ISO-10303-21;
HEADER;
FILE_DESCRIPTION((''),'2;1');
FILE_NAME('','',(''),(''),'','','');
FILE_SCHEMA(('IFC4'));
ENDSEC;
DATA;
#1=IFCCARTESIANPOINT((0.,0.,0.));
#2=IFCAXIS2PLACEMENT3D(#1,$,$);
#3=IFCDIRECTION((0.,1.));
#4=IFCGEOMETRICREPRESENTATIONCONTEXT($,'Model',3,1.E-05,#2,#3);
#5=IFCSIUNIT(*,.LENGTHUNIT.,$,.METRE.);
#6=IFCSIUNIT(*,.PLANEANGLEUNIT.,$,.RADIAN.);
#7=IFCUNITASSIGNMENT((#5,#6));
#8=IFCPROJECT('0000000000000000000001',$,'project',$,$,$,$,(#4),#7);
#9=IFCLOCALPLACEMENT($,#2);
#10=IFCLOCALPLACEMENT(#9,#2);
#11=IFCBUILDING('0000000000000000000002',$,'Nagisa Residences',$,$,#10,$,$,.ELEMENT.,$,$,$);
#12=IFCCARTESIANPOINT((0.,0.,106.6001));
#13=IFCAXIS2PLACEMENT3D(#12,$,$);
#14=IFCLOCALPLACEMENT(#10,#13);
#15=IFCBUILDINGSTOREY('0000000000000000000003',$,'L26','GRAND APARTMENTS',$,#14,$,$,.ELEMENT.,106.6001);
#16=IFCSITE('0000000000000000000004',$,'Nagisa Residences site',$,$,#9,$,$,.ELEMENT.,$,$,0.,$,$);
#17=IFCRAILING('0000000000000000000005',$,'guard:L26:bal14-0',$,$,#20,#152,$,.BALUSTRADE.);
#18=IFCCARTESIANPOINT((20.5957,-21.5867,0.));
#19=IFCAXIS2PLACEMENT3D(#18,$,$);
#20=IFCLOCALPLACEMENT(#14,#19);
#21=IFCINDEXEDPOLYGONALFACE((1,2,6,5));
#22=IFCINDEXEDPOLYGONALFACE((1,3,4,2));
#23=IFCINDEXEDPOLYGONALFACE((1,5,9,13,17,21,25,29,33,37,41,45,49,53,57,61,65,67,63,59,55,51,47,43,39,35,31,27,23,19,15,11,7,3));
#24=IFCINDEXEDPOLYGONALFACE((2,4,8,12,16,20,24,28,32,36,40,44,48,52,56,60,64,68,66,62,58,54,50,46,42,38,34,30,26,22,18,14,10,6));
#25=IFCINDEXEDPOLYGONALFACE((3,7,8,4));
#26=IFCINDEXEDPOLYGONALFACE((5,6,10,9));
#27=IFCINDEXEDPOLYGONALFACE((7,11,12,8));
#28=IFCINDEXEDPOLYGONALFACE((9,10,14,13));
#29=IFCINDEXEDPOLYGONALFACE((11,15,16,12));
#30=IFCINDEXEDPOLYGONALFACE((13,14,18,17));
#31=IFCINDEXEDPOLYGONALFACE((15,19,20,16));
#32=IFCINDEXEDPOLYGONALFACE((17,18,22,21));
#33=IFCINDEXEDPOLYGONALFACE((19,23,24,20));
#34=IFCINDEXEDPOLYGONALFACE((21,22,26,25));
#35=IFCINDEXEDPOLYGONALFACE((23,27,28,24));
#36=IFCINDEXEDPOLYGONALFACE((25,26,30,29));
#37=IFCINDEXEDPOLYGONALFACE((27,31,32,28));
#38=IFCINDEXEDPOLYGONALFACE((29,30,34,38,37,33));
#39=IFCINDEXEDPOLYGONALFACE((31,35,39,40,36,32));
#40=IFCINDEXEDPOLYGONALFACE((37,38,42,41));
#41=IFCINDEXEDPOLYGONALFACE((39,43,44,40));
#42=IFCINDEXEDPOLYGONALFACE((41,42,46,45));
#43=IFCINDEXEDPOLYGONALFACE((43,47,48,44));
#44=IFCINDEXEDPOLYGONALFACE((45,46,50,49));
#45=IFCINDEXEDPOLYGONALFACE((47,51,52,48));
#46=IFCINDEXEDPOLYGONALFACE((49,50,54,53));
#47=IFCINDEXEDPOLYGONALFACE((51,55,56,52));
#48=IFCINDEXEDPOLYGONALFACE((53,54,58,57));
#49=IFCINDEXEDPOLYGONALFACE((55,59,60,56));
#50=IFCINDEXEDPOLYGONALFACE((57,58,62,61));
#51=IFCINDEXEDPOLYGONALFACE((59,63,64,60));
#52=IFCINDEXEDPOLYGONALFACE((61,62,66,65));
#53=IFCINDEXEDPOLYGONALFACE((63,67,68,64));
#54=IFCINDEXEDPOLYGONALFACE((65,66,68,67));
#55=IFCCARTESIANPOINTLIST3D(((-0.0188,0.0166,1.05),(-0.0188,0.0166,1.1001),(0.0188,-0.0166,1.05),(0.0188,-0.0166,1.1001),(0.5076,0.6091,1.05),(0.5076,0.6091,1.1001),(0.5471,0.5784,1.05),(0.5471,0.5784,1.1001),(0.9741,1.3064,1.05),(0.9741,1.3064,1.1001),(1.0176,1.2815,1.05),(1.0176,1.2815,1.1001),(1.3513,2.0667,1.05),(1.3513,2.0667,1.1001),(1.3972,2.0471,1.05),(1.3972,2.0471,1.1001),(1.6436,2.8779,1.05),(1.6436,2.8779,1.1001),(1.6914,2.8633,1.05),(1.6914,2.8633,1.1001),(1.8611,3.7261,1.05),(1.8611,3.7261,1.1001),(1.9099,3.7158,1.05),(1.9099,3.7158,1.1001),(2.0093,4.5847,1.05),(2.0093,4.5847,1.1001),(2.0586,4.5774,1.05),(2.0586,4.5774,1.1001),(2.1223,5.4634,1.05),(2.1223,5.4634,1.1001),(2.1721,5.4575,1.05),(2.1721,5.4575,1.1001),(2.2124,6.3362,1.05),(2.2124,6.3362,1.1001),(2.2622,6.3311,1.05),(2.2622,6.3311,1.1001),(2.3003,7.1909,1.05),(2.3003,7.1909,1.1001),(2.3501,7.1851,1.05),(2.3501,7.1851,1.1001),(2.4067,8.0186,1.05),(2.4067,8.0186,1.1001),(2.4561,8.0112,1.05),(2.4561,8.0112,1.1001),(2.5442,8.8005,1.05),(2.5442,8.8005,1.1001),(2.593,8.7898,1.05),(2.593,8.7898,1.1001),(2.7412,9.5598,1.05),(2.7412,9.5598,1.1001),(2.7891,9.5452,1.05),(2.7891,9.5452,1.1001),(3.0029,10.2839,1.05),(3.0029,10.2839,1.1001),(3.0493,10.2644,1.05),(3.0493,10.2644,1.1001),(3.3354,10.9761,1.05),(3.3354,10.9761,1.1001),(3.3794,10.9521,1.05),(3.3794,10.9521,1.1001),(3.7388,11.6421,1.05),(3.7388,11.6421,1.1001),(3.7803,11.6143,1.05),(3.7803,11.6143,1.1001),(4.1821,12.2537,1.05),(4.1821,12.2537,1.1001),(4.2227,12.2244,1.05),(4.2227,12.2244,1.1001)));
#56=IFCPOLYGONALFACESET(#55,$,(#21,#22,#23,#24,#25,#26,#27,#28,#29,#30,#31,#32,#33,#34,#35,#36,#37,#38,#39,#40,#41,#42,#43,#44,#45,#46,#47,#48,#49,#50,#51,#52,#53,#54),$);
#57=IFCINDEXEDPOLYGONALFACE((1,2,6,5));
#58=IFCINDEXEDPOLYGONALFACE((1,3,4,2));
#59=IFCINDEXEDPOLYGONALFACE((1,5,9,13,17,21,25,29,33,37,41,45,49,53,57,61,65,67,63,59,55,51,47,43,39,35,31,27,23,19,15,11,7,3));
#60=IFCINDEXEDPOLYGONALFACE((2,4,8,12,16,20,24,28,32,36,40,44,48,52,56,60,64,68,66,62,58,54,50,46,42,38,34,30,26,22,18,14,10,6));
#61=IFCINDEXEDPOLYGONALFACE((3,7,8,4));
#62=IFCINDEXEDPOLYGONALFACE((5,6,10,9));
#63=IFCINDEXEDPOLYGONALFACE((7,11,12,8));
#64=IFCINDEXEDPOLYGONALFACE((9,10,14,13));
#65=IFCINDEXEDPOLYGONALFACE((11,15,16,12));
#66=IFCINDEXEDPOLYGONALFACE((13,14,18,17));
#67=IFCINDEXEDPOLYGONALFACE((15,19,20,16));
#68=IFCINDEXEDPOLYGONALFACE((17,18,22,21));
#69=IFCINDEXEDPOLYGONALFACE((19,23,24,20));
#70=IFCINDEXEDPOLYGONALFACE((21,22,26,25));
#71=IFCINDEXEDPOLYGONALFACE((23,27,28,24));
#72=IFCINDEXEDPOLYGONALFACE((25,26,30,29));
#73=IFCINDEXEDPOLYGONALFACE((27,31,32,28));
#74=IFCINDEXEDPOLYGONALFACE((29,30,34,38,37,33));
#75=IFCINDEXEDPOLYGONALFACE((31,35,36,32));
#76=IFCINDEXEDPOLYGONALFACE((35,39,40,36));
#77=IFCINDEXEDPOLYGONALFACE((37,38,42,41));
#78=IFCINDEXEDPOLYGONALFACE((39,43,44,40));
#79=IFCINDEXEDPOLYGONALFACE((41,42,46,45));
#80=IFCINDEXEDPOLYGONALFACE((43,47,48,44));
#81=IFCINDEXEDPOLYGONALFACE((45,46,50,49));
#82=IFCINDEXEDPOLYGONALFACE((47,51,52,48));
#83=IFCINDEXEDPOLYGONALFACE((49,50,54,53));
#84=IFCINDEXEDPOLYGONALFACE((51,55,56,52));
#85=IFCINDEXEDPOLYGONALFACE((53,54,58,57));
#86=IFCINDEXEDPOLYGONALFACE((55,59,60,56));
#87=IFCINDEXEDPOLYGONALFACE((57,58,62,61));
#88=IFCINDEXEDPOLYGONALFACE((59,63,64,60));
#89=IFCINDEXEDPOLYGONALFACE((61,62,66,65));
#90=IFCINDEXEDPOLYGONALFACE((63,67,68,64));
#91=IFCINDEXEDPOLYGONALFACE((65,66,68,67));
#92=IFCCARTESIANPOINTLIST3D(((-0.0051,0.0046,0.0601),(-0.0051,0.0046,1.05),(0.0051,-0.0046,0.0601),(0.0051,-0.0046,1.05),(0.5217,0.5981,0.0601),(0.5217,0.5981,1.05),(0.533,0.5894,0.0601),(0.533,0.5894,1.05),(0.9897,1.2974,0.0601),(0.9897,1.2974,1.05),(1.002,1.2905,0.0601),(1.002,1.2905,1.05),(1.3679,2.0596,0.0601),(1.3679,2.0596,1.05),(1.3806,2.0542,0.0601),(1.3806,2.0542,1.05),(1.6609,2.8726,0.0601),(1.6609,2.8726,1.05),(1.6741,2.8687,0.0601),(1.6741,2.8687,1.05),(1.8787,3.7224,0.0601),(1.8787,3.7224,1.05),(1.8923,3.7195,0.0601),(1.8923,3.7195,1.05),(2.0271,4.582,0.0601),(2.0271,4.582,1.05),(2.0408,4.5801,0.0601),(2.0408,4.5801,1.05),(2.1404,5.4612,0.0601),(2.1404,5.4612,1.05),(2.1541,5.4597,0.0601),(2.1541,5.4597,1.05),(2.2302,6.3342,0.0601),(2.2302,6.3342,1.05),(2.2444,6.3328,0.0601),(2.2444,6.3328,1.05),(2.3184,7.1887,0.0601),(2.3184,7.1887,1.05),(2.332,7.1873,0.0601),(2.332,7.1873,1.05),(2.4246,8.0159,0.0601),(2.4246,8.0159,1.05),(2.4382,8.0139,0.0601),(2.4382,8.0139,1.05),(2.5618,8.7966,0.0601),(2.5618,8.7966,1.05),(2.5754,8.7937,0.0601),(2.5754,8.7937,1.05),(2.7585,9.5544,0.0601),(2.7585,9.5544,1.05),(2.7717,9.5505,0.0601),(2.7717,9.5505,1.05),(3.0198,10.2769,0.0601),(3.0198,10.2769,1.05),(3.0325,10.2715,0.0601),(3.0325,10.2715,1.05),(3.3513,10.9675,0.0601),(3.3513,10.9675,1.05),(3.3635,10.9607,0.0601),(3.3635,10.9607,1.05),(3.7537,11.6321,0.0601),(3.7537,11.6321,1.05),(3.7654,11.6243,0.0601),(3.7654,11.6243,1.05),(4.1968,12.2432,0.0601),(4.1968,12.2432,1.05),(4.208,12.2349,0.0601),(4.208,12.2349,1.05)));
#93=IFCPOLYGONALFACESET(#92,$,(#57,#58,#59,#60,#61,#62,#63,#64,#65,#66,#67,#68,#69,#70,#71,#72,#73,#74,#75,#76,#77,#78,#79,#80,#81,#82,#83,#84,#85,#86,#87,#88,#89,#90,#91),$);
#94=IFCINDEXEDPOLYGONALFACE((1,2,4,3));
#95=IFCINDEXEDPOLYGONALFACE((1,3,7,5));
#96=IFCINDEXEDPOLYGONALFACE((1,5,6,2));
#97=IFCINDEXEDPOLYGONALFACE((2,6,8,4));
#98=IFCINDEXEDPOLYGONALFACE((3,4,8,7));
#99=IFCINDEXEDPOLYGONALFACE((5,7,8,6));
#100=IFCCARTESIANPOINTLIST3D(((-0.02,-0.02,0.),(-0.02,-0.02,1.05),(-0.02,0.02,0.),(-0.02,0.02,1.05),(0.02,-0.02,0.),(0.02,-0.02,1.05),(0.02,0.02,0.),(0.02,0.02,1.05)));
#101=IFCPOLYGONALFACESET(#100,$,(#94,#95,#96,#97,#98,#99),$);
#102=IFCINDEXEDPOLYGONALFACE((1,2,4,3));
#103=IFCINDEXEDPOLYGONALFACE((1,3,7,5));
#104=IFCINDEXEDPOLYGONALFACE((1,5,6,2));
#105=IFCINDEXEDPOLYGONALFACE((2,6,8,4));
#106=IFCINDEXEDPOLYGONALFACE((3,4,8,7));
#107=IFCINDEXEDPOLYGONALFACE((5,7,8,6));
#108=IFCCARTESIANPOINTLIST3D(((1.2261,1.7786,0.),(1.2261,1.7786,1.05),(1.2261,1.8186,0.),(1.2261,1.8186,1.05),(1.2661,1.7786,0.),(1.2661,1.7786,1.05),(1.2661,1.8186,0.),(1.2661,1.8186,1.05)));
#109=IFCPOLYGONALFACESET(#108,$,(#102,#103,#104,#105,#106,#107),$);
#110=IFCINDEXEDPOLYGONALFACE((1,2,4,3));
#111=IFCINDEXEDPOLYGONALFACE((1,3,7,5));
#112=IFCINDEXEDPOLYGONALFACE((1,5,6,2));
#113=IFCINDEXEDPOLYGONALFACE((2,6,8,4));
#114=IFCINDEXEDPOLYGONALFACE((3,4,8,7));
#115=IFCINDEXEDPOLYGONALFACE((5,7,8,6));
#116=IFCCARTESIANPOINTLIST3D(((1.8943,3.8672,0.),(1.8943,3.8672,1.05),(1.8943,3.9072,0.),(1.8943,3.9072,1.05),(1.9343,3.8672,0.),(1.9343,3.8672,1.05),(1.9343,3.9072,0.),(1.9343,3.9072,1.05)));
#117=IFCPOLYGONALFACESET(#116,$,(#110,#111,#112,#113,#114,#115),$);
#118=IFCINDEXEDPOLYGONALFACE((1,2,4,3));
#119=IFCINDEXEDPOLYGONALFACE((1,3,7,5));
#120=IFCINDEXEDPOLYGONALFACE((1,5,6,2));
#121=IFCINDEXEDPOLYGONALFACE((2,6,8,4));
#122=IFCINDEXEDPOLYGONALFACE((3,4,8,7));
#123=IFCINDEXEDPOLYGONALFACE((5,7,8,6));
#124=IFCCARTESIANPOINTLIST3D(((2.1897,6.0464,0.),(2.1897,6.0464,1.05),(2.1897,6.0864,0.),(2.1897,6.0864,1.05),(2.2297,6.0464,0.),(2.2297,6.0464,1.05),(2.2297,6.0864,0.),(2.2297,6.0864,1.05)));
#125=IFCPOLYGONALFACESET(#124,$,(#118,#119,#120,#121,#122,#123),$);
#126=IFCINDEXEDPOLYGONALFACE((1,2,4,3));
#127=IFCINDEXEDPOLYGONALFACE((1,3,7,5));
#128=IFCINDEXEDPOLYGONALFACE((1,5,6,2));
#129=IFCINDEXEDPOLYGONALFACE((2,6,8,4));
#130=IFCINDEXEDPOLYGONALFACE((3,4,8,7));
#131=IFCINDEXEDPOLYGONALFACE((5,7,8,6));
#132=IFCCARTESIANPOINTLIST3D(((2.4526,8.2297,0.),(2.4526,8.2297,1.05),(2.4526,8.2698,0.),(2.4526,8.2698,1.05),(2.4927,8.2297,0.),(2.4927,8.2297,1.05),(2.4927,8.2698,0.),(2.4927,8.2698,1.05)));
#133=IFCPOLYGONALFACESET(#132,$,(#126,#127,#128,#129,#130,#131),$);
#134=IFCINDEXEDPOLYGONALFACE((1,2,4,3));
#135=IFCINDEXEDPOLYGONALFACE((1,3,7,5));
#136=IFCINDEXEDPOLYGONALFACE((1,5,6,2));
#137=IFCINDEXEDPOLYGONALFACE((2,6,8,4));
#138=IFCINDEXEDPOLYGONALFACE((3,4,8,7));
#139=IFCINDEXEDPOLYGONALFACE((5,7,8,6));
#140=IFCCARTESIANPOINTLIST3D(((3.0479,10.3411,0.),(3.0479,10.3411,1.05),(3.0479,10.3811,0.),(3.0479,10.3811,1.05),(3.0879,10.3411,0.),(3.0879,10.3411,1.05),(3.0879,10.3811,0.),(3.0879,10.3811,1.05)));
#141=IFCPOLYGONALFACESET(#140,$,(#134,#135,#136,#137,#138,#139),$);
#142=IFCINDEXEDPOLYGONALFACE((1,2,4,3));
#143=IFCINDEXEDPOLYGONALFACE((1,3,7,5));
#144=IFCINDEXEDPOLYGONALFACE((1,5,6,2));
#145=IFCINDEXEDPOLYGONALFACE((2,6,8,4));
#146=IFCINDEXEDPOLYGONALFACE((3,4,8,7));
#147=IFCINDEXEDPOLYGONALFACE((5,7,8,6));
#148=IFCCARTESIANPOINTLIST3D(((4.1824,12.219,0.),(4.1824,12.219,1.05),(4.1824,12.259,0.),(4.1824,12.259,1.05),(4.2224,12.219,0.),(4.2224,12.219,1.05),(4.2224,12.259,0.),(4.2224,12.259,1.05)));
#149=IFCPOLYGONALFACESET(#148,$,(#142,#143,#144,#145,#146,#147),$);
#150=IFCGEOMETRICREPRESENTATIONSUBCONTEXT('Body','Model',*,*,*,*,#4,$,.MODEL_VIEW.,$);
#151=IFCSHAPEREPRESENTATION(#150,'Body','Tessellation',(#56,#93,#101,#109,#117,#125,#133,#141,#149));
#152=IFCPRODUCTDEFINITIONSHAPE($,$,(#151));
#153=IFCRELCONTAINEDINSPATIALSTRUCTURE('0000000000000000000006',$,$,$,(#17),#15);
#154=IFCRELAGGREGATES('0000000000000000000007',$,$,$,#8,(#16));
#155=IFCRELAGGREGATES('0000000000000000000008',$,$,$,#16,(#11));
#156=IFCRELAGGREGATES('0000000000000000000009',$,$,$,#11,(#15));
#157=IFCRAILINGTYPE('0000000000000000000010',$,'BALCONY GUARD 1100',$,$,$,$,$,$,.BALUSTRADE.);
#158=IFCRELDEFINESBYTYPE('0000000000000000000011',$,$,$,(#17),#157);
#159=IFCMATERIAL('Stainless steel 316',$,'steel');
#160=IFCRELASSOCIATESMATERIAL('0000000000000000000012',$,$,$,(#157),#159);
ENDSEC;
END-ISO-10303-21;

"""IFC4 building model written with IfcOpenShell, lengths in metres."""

from ifc_helpers import new_model, si_unit, direction, frame, origin, origin_2d, place, context, subcontext, project, spatial, polyline, rectangle, outline, extrude, material, type_object, element, save


model = new_model("IFC4")

# Units and contexts
model_context = context("Model", 3, precision=1e-05, world=origin(), true_north=direction((0.0, 1.0)))
body_context = subcontext(model_context, "Body", "Model", "MODEL_VIEW")
ifc_project = project(units=[si_unit("LENGTHUNIT", "METRE"), si_unit("PLANEANGLEUNIT", "RADIAN")], contexts=[model_context])

# Site, building, storey
site_placement = place(None, origin())
site = spatial("IfcSite", under=ifc_project, at=site_placement, Name="Nagisa Residences site", CompositionType="ELEMENT", RefElevation=0.0)
building_placement = place(site_placement, origin())
building = spatial("IfcBuilding", under=site, at=building_placement, Name="Nagisa Residences", CompositionType="ELEMENT")
storey_placement = place(building_placement, frame((0.0, 0.0, 106.6001)))
storey = spatial("IfcBuildingStorey", under=building, at=storey_placement, Name="L26", Description="GRAND APARTMENTS", CompositionType="ELEMENT", Elevation=106.6001)

# Railing
ifc_material_1 = material(Name="Stainless steel 316", Category="steel")
railing_type = type_object("IfcRailingType", Name="BALCONY GUARD 1100", PredefinedType="BALUSTRADE", material=ifc_material_1)
railing_placement = place(storey_placement, frame((20.5957, -21.5867, 0.0)))
element("IfcRailing", 1, at=railing_placement, inside=storey, type_object=railing_type, Name="guard:L26:bal14-0", PredefinedType="BALUSTRADE", context=body_context, shape_type="SweptSolid", body=[
    extrude(outline(polyline([(0.5076, 0.6091), (-0.0188, 0.0166), (0.0188, -0.0166), (0.5471, 0.5784), (1.0176, 1.2815), (1.3972, 2.0471), (1.6914, 2.8633), (1.9099, 3.7158), (2.0586, 4.5774), (2.1721, 5.4575), (2.2622, 6.3311), (2.3501, 7.1851), (2.4561, 8.0112), (2.593, 8.7898), (2.7891, 9.5452), (3.0493, 10.2644), (3.3794, 10.9521), (3.7803, 11.6143), (4.2227, 12.2244), (4.1821, 12.2537), (3.7388, 11.6421), (3.3354, 10.9761), (3.0029, 10.2839), (2.7412, 9.5598), (2.5442, 8.8005), (2.4067, 8.0186), (2.3003, 7.1909), (2.2124, 6.3362), (2.1223, 5.4634), (2.0093, 4.5847), (1.8611, 3.7261), (1.6436, 2.8779), (1.3513, 2.0667), (0.9741, 1.3064), (0.5076, 0.6091)])), frame((0.0, 0.0, 1.05)), (0.0, 0.0, 1.0), 0.05),
    extrude(outline(polyline([(0.5217, 0.5981), (-0.0051, 0.0046), (0.0051, -0.0046), (0.533, 0.5894), (1.002, 1.2905), (1.3806, 2.0542), (1.6741, 2.8687), (1.8923, 3.7195), (2.0408, 4.5801), (2.1541, 5.4597), (2.2444, 6.3328), (2.332, 7.1873), (2.4382, 8.0139), (2.5754, 8.7937), (2.7717, 9.5505), (3.0325, 10.2715), (3.3635, 10.9607), (3.7654, 11.6243), (4.208, 12.2349), (4.1968, 12.2432), (3.7537, 11.6321), (3.3513, 10.9675), (3.0198, 10.2769), (2.7585, 9.5544), (2.5618, 8.7966), (2.4246, 8.0159), (2.3184, 7.1887), (2.2302, 6.3342), (2.1404, 5.4612), (2.0271, 4.582), (1.8787, 3.7224), (1.6609, 2.8726), (1.3679, 2.0596), (0.9897, 1.2974), (0.5217, 0.5981)])), frame((0.0, 0.0, 0.0601)), (0.0, 0.0, 1.0), 0.99),
    extrude(rectangle(XDim=0.04, YDim=0.04, at=origin_2d()), origin(), (0.0, 0.0, 1.0), 1.05),
    extrude(rectangle(XDim=0.04, YDim=0.04, at=origin_2d()), frame((1.2461, 1.7986, 0.0)), (0.0, 0.0, 1.0), 1.05),
    extrude(rectangle(XDim=0.04, YDim=0.04, at=origin_2d()), frame((1.9143, 3.8872, 0.0)), (0.0, 0.0, 1.0), 1.05),
    extrude(rectangle(XDim=0.04, YDim=0.04, at=origin_2d()), frame((2.2097, 6.0664, 0.0)), (0.0, 0.0, 1.0), 1.05),
    extrude(rectangle(XDim=0.04, YDim=0.04, at=origin_2d()), frame((2.4727, 8.2498, 0.0)), (0.0, 0.0, 1.0), 1.05),
    extrude(rectangle(XDim=0.04, YDim=0.04, at=origin_2d()), frame((3.0679, 10.3611, 0.0)), (0.0, 0.0, 1.0), 1.05),
    extrude(rectangle(XDim=0.04, YDim=0.04, at=origin_2d()), frame((4.2024, 12.239, 0.0)), (0.0, 0.0, 1.0), 1.05),
])

save(model, "model.ifc")
